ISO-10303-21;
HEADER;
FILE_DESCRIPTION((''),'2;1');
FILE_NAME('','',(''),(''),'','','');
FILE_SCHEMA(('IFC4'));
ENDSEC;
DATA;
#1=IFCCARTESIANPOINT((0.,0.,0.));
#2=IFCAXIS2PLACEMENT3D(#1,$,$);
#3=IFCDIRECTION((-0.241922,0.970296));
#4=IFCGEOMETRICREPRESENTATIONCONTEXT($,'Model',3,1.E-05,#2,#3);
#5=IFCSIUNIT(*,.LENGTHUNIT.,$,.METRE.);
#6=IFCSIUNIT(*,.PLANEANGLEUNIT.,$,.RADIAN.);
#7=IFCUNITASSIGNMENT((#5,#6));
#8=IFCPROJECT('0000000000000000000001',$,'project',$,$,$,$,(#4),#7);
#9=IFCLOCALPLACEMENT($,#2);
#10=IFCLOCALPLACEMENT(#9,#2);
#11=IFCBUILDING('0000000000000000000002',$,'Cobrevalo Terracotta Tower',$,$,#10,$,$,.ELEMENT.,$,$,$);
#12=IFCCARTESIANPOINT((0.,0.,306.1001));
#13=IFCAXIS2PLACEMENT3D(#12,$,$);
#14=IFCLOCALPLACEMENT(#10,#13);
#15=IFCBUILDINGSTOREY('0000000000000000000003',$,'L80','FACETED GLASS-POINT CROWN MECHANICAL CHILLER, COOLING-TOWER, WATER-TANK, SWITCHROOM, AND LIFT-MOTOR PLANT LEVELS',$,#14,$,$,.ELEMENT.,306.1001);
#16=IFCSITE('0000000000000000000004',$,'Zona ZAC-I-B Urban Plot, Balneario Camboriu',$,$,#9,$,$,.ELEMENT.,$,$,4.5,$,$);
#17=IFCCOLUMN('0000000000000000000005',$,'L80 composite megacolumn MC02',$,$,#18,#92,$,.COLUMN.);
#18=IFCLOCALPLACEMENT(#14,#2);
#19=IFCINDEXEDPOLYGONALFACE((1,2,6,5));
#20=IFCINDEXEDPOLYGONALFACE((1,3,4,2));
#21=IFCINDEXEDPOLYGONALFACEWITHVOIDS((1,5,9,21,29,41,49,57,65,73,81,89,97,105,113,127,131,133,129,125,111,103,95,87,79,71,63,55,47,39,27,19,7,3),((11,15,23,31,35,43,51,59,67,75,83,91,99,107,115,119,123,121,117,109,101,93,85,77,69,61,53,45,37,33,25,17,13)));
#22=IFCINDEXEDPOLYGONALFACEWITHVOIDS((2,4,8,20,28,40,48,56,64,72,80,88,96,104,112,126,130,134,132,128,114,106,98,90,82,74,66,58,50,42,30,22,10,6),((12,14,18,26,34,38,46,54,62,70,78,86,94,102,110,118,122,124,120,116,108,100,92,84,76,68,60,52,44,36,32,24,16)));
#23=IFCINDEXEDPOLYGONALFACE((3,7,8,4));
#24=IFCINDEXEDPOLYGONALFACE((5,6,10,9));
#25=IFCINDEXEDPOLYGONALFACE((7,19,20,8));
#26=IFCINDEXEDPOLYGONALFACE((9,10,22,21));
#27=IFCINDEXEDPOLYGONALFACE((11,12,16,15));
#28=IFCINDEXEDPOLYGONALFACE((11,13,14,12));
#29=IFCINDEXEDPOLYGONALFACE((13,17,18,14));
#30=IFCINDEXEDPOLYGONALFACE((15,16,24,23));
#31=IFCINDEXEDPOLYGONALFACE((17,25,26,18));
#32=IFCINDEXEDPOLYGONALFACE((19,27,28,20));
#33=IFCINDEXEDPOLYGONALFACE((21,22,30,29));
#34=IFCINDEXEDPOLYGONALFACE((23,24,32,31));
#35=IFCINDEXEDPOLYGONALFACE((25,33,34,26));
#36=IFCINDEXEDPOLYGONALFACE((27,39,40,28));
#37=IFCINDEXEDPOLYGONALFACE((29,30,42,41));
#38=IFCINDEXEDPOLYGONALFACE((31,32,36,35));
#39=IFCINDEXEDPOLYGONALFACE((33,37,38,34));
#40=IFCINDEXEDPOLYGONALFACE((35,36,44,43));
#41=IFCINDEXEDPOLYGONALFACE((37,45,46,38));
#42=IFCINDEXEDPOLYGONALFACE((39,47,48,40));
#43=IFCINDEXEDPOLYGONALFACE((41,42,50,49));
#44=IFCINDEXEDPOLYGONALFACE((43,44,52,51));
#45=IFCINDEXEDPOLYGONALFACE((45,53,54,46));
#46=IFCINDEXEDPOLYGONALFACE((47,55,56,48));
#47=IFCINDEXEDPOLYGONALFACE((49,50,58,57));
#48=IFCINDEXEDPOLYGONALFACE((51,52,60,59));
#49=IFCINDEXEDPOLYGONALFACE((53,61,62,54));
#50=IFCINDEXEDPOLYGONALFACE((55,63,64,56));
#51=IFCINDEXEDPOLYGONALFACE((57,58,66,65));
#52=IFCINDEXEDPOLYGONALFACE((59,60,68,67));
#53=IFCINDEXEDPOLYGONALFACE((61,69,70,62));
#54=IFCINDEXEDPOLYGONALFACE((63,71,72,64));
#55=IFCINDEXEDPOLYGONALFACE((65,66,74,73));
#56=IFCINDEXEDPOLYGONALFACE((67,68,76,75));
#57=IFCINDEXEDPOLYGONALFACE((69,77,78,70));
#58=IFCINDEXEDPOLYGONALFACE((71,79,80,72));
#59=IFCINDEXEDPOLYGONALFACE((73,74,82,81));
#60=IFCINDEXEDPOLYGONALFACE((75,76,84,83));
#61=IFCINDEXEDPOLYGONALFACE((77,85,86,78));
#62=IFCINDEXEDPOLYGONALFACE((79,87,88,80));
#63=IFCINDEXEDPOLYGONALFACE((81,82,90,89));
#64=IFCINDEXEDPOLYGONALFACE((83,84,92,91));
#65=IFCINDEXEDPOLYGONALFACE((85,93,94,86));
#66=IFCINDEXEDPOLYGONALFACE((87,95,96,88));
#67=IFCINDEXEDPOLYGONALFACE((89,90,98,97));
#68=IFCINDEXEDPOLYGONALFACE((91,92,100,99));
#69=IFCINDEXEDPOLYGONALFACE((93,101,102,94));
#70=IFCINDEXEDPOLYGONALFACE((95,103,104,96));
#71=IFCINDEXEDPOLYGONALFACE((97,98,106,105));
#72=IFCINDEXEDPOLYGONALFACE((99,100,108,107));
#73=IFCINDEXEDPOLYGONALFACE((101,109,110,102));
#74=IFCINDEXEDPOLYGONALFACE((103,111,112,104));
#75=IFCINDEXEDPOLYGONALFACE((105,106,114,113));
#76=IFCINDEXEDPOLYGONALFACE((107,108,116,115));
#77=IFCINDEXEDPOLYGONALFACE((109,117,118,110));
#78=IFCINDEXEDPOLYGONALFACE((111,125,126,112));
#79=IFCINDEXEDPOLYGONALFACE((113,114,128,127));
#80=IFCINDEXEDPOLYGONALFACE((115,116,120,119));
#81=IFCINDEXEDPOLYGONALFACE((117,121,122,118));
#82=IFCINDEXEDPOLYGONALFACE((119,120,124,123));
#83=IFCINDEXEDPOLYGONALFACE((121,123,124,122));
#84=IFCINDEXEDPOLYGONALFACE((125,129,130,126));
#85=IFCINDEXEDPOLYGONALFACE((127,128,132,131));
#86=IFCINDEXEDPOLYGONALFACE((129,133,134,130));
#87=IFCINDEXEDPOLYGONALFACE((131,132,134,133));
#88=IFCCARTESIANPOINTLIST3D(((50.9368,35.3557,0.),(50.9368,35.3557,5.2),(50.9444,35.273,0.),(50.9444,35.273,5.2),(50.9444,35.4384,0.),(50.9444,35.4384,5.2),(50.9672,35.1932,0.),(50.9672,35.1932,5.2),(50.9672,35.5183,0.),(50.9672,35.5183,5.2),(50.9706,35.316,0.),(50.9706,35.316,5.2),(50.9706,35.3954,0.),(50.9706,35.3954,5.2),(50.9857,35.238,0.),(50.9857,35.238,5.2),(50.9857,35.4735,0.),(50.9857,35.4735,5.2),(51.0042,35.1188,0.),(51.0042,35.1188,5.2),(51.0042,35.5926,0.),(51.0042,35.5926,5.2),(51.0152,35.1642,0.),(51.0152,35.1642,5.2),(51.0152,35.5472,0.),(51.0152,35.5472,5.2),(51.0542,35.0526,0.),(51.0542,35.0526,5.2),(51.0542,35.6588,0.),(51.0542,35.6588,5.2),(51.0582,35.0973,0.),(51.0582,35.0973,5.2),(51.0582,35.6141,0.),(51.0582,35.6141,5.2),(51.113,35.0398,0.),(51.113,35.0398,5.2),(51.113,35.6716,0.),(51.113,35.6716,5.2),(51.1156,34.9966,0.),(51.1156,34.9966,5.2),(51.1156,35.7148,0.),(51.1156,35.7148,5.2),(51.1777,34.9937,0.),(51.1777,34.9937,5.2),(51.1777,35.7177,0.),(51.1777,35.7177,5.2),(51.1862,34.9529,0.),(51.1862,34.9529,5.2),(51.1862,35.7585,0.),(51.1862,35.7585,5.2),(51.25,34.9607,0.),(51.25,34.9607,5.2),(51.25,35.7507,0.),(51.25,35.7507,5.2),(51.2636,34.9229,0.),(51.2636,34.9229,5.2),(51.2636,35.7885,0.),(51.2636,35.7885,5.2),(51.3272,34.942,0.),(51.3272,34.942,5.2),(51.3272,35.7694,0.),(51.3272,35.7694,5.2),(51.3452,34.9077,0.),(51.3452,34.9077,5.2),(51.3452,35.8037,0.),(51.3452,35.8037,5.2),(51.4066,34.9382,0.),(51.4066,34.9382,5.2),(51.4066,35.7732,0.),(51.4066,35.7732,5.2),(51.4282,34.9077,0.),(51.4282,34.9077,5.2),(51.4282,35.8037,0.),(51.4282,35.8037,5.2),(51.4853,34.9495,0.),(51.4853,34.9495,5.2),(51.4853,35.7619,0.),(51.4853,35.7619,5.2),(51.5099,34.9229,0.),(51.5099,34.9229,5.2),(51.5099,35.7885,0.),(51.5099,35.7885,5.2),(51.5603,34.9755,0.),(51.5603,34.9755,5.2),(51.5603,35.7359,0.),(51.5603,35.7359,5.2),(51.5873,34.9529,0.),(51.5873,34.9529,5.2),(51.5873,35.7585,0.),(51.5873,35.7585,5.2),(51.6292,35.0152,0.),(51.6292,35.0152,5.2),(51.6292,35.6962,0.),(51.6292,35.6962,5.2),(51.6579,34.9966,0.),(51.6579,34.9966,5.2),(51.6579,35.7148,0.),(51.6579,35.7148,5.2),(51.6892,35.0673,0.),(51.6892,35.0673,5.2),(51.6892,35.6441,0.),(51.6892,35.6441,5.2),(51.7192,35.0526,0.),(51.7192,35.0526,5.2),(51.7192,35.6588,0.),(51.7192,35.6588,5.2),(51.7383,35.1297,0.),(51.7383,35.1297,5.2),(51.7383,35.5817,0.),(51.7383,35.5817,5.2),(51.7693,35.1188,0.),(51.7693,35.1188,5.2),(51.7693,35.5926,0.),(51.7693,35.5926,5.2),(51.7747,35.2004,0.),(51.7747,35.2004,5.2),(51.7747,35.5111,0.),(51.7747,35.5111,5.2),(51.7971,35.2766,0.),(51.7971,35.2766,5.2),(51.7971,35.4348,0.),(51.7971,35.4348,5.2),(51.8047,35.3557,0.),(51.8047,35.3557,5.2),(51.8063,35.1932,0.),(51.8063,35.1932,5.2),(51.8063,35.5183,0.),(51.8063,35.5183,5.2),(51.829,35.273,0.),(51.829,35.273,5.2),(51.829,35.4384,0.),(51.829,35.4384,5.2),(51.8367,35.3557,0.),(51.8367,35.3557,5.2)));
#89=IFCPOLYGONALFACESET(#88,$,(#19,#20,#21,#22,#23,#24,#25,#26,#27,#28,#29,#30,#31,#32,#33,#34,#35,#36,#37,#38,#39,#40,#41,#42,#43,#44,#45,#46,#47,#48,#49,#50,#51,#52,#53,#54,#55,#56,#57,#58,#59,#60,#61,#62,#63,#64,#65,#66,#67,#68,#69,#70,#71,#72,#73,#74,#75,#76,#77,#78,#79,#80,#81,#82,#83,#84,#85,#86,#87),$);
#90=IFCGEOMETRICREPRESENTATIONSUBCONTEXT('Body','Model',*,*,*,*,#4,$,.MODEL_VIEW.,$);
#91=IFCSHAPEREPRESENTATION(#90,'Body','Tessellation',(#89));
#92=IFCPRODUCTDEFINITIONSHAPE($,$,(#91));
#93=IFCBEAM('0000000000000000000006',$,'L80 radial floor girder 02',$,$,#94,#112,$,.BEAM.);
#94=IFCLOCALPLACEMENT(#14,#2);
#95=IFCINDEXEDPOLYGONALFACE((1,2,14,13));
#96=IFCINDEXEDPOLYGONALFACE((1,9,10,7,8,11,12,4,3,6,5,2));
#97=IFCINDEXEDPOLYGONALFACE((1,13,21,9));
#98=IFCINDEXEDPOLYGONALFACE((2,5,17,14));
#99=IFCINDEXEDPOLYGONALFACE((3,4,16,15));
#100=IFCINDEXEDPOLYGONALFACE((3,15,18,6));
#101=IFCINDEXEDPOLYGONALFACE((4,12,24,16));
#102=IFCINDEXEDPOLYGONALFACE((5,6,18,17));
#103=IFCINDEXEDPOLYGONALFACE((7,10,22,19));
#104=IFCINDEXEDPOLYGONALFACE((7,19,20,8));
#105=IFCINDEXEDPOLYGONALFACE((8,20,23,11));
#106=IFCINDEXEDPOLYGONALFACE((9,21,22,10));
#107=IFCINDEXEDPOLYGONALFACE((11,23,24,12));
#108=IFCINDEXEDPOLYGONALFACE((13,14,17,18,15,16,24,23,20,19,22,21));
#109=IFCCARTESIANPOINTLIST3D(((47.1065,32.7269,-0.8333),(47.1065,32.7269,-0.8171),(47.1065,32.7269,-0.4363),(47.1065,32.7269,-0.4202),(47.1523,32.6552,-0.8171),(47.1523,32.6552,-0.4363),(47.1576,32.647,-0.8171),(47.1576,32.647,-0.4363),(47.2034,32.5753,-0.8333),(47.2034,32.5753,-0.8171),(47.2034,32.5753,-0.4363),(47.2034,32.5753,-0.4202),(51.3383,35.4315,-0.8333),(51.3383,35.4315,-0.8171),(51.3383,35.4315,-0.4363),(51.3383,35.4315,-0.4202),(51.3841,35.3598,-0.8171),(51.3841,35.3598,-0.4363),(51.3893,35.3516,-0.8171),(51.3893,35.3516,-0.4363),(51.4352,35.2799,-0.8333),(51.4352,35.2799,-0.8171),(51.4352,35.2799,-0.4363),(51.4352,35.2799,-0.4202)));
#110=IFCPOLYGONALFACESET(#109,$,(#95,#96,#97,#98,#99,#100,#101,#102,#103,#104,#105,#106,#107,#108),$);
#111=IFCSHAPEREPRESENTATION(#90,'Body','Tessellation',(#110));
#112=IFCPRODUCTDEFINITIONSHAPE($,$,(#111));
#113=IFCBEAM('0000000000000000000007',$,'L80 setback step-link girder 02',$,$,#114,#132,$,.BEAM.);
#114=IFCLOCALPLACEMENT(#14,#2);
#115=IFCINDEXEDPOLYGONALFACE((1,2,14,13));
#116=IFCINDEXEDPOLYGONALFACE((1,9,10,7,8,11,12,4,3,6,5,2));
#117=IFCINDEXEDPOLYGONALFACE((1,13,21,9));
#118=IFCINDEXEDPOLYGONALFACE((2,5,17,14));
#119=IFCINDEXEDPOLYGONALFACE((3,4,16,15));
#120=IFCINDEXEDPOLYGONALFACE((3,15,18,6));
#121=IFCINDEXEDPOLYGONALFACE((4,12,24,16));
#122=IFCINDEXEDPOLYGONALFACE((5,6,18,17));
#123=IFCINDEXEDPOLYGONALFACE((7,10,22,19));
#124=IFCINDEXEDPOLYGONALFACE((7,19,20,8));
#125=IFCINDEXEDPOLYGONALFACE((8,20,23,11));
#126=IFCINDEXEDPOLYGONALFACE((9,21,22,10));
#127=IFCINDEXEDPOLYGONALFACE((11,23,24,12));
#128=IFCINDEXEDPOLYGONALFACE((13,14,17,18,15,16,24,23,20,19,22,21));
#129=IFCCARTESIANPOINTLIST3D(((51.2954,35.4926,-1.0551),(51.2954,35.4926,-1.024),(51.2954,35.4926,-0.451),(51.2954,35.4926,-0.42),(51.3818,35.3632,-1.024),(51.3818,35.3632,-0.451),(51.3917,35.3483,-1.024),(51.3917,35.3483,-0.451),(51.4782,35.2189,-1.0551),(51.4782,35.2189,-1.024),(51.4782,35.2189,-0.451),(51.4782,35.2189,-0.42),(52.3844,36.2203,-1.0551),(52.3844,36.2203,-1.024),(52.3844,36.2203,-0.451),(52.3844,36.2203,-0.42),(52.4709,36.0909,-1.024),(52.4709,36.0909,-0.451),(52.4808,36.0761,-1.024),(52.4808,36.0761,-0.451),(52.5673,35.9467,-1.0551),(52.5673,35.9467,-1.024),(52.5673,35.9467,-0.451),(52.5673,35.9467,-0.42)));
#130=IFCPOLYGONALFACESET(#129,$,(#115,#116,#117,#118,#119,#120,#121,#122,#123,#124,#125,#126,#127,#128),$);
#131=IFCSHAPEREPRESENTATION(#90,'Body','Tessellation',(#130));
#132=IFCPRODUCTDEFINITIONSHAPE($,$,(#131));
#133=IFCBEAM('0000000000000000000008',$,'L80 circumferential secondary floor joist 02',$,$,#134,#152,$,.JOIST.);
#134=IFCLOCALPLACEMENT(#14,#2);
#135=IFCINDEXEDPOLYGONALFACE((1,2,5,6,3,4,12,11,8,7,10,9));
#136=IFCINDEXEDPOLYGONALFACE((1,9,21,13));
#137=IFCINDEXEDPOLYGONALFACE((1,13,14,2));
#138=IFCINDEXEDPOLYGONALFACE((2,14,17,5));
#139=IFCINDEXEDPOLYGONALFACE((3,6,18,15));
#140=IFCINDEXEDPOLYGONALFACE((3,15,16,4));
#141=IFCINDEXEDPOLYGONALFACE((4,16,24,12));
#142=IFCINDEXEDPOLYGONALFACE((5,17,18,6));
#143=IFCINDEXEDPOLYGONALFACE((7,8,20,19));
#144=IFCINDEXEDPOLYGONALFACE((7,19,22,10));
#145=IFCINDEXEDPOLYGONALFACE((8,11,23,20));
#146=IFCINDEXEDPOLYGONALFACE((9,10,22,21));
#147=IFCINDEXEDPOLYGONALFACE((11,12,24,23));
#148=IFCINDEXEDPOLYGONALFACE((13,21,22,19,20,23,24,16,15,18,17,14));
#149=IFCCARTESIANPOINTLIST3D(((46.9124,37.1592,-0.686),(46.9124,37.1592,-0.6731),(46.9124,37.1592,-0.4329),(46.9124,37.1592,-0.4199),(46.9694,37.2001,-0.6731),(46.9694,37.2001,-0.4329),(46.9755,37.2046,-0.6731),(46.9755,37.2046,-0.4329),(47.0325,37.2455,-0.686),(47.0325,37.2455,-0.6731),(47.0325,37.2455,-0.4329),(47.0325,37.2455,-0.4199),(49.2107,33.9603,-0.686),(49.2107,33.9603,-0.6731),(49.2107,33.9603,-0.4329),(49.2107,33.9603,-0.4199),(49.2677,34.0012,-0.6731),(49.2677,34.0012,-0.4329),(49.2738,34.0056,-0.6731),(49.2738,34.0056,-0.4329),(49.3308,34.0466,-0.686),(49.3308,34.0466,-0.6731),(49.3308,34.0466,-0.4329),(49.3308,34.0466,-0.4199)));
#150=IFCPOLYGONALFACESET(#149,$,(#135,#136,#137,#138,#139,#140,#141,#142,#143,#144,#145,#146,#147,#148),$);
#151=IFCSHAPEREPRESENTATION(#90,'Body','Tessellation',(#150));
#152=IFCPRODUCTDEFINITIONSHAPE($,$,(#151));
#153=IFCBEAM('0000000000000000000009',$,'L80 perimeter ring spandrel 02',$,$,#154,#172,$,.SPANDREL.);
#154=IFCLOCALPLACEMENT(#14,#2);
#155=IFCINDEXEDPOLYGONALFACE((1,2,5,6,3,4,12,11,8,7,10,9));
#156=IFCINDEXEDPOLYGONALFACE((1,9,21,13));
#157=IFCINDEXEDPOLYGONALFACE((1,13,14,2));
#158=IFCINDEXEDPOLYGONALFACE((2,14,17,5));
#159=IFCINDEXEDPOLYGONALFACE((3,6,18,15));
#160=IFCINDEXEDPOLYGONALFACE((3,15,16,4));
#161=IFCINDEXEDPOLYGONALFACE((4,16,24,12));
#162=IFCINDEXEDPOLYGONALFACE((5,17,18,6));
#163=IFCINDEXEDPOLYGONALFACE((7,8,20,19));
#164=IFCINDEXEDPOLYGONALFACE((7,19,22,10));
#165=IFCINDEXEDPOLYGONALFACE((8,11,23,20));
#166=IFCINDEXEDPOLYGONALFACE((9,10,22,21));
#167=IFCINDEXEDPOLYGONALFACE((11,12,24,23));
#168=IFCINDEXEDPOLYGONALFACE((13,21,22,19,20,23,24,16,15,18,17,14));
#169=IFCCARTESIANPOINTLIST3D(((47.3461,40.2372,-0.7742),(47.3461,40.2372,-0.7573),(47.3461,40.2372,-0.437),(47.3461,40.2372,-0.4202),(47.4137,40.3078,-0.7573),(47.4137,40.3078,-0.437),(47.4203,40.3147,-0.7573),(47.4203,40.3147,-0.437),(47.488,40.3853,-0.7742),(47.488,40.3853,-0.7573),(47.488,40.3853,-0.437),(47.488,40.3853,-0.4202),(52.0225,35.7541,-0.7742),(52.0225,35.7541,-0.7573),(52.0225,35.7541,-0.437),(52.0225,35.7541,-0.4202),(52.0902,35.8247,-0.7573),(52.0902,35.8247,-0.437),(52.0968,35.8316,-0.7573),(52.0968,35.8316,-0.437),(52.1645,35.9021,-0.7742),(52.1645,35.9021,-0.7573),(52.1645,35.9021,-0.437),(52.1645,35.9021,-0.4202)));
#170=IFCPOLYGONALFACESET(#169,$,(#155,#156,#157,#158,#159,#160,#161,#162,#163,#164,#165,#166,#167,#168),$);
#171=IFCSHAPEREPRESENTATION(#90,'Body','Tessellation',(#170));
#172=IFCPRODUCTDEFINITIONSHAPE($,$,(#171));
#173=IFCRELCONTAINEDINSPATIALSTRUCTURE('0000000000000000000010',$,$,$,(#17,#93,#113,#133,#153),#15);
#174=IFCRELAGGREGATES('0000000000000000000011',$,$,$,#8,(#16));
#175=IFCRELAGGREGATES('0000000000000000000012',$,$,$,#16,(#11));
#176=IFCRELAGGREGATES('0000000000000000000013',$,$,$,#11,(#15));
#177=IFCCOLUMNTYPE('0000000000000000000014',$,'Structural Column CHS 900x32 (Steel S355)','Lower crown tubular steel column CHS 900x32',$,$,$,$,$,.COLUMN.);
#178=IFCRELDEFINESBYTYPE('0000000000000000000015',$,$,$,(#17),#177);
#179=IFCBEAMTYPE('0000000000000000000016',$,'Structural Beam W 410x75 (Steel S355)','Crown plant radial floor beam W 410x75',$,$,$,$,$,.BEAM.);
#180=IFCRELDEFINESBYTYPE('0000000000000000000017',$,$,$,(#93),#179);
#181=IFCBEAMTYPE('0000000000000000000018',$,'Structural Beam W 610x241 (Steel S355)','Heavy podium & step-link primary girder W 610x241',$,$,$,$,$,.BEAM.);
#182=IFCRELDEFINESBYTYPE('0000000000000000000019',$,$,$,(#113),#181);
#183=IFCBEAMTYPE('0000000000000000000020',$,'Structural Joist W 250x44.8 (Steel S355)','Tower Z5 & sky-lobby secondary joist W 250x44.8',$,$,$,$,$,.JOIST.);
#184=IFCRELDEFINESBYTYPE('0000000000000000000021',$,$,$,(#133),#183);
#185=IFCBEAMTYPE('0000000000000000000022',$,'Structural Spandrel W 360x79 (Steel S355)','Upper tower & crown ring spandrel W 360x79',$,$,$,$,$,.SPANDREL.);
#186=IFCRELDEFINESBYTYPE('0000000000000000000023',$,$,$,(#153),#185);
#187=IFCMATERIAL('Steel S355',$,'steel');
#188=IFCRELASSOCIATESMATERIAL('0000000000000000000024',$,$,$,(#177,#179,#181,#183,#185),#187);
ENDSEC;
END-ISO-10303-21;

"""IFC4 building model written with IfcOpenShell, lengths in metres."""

from ifc_helpers import new_model, si_unit, direction, frame, origin, origin_2d, place, context, subcontext, project, spatial, hollow_circle, i_section, extrude, material, material_profile, profile_set, type_object, element, save


model = new_model("IFC4")

# Units and contexts
model_context = context("Model", 3, precision=1e-05, world=origin(), true_north=direction((-0.241922, 0.970296)))
body_context = subcontext(model_context, "Body", "Model", "MODEL_VIEW")
ifc_project = project(units=[si_unit("LENGTHUNIT", "METRE"), si_unit("PLANEANGLEUNIT", "RADIAN")], contexts=[model_context])

# Site, building, storey
site_placement = place(None, origin())
site = spatial("IfcSite", under=ifc_project, at=site_placement, Name="Zona ZAC-I-B Urban Plot, Balneario Camboriu", CompositionType="ELEMENT", RefElevation=4.5)
building_placement = place(site_placement, origin())
building = spatial("IfcBuilding", under=site, at=building_placement, Name="Cobrevalo Terracotta Tower", CompositionType="ELEMENT")
storey_placement = place(building_placement, frame((0.0, 0.0, 306.1001)))
storey = spatial("IfcBuildingStorey", under=building, at=storey_placement, Name="L80", Description="FACETED GLASS-POINT CROWN MECHANICAL CHILLER, COOLING-TOWER, WATER-TANK, SWITCHROOM, AND LIFT-MOTOR PLANT LEVELS", CompositionType="ELEMENT", Elevation=306.1001)

# Column
ifc_material_1 = material(Name="Steel S355", Category="steel")
ifc_material_profile_1 = material_profile(ifc_material_1, hollow_circle(Radius=0.45, WallThickness=0.032, at=origin_2d()), Name="CHS 900x32")
ifc_profile_set_1 = profile_set([ifc_material_profile_1], Name="Steel S355")
column_type = type_object("IfcColumnType", Name="Structural Column CHS 900x32 (Steel S355)", Description="Lower crown tubular steel column CHS 900x32", PredefinedType="COLUMN", material=ifc_profile_set_1)
column_placement = place(storey_placement, frame((51.3867, 35.3557, 0.0), z_axis=(0.0, 0.0, 1.0), x_axis=(1.0, 0.0, 0.0)))
element("IfcColumn", 1, at=column_placement, inside=storey, type_object=column_type, Name="L80 composite megacolumn MC02", PredefinedType="COLUMN", context=body_context, shape_type="SweptSolid", body=[
    extrude(hollow_circle(Radius=0.45, WallThickness=0.032, at=origin_2d()), origin(), (0.0, 0.0, 1.0), 5.2),
])

# Beams
ifc_material_profile_2 = material_profile(ifc_material_1, i_section(OverallWidth=0.1799, OverallDepth=0.4131, WebThickness=0.0098, FlangeThickness=0.0161, at=origin_2d()), Name="W 410x75")
ifc_profile_set_2 = profile_set([ifc_material_profile_2], Name="Steel S355")
beam_type_1 = type_object("IfcBeamType", Name="Structural Beam W 410x75 (Steel S355)", Description="Crown plant radial floor beam W 410x75", PredefinedType="BEAM", material=ifc_profile_set_2)
beam_1_placement = place(storey_placement, frame((51.3867, 35.3557, -0.6267), z_axis=(-0.842605, -0.538532, 0.0), x_axis=(0.538532, -0.842605, 0.0)))
element("IfcBeam", 2, at=beam_1_placement, inside=storey, type_object=beam_type_1, Name="L80 radial floor girder 02", PredefinedType="BEAM", context=body_context, shape_type="SweptSolid", body=[
    extrude(i_section(OverallWidth=0.1799, OverallDepth=0.4131, WebThickness=0.0098, FlangeThickness=0.0161, at=origin_2d()), origin(), (0.0, 0.0, 1.0), 5.0222),
])
ifc_material_profile_3 = material_profile(ifc_material_1, i_section(OverallWidth=0.3291, OverallDepth=0.635, WebThickness=0.0178, FlangeThickness=0.031, at=origin_2d()), Name="W 610x241")
ifc_profile_set_3 = profile_set([ifc_material_profile_3], Name="Steel S355")
beam_type_2 = type_object("IfcBeamType", Name="Structural Beam W 610x241 (Steel S355)", Description="Heavy podium & step-link primary girder W 610x241", PredefinedType="BEAM", material=ifc_profile_set_3)
beam_2_placement = place(storey_placement, frame((52.4758, 36.0835, -0.7375), z_axis=(-0.831448, -0.555603, 0.0), x_axis=(0.555603, -0.831448, 0.0)))
element("IfcBeam", 3, at=beam_2_placement, inside=storey, type_object=beam_type_2, Name="L80 setback step-link girder 02", PredefinedType="BEAM", context=body_context, shape_type="SweptSolid", body=[
    extrude(i_section(OverallWidth=0.3291, OverallDepth=0.635, WebThickness=0.0178, FlangeThickness=0.031, at=origin_2d()), origin(), (0.0, 0.0, 1.0), 1.3098),
])
ifc_material_profile_4 = material_profile(ifc_material_1, i_section(OverallWidth=0.1479, OverallDepth=0.2661, WebThickness=0.0076, FlangeThickness=0.0129, at=origin_2d()), Name="W 250x44.8")
ifc_profile_set_4 = profile_set([ifc_material_profile_4], Name="Steel S355")
beam_type_3 = type_object("IfcBeamType", Name="Structural Joist W 250x44.8 (Steel S355)", Description="Tower Z5 & sky-lobby secondary joist W 250x44.8", PredefinedType="JOIST", material=ifc_profile_set_4)
beam_3_placement = place(storey_placement, frame((49.2708, 34.0034, -0.553), z_axis=(-0.583482, 0.812126, 0.0), x_axis=(-0.812126, -0.583482, 0.0)))
element("IfcBeam", 4, at=beam_3_placement, inside=storey, type_object=beam_type_3, Name="L80 circumferential secondary floor joist 02", PredefinedType="JOIST", context=body_context, shape_type="SweptSolid", body=[
    extrude(i_section(OverallWidth=0.1479, OverallDepth=0.2661, WebThickness=0.0076, FlangeThickness=0.0129, at=origin_2d()), origin(), (0.0, 0.0, 1.0), 3.939),
])
ifc_material_profile_5 = material_profile(ifc_material_1, i_section(OverallWidth=0.2051, OverallDepth=0.354, WebThickness=0.0095, FlangeThickness=0.0168, at=origin_2d()), Name="W 360x79")
ifc_profile_set_5 = profile_set([ifc_material_profile_5], Name="Steel S355")
beam_type_4 = type_object("IfcBeamType", Name="Structural Spandrel W 360x79 (Steel S355)", Description="Upper tower & crown ring spandrel W 360x79", PredefinedType="SPANDREL", material=ifc_profile_set_5)
beam_4_placement = place(storey_placement, frame((52.0935, 35.8281, -0.5972), z_axis=(-0.721873, 0.692026, 0.0), x_axis=(-0.692026, -0.721873, 0.0)))
element("IfcBeam", 5, at=beam_4_placement, inside=storey, type_object=beam_type_4, Name="L80 perimeter ring spandrel 02", PredefinedType="SPANDREL", context=body_context, shape_type="SweptSolid", body=[
    extrude(i_section(OverallWidth=0.2051, OverallDepth=0.354, WebThickness=0.0095, FlangeThickness=0.0168, at=origin_2d()), origin(), (0.0, 0.0, 1.0), 6.4783),
])

save(model, "model.ifc")
